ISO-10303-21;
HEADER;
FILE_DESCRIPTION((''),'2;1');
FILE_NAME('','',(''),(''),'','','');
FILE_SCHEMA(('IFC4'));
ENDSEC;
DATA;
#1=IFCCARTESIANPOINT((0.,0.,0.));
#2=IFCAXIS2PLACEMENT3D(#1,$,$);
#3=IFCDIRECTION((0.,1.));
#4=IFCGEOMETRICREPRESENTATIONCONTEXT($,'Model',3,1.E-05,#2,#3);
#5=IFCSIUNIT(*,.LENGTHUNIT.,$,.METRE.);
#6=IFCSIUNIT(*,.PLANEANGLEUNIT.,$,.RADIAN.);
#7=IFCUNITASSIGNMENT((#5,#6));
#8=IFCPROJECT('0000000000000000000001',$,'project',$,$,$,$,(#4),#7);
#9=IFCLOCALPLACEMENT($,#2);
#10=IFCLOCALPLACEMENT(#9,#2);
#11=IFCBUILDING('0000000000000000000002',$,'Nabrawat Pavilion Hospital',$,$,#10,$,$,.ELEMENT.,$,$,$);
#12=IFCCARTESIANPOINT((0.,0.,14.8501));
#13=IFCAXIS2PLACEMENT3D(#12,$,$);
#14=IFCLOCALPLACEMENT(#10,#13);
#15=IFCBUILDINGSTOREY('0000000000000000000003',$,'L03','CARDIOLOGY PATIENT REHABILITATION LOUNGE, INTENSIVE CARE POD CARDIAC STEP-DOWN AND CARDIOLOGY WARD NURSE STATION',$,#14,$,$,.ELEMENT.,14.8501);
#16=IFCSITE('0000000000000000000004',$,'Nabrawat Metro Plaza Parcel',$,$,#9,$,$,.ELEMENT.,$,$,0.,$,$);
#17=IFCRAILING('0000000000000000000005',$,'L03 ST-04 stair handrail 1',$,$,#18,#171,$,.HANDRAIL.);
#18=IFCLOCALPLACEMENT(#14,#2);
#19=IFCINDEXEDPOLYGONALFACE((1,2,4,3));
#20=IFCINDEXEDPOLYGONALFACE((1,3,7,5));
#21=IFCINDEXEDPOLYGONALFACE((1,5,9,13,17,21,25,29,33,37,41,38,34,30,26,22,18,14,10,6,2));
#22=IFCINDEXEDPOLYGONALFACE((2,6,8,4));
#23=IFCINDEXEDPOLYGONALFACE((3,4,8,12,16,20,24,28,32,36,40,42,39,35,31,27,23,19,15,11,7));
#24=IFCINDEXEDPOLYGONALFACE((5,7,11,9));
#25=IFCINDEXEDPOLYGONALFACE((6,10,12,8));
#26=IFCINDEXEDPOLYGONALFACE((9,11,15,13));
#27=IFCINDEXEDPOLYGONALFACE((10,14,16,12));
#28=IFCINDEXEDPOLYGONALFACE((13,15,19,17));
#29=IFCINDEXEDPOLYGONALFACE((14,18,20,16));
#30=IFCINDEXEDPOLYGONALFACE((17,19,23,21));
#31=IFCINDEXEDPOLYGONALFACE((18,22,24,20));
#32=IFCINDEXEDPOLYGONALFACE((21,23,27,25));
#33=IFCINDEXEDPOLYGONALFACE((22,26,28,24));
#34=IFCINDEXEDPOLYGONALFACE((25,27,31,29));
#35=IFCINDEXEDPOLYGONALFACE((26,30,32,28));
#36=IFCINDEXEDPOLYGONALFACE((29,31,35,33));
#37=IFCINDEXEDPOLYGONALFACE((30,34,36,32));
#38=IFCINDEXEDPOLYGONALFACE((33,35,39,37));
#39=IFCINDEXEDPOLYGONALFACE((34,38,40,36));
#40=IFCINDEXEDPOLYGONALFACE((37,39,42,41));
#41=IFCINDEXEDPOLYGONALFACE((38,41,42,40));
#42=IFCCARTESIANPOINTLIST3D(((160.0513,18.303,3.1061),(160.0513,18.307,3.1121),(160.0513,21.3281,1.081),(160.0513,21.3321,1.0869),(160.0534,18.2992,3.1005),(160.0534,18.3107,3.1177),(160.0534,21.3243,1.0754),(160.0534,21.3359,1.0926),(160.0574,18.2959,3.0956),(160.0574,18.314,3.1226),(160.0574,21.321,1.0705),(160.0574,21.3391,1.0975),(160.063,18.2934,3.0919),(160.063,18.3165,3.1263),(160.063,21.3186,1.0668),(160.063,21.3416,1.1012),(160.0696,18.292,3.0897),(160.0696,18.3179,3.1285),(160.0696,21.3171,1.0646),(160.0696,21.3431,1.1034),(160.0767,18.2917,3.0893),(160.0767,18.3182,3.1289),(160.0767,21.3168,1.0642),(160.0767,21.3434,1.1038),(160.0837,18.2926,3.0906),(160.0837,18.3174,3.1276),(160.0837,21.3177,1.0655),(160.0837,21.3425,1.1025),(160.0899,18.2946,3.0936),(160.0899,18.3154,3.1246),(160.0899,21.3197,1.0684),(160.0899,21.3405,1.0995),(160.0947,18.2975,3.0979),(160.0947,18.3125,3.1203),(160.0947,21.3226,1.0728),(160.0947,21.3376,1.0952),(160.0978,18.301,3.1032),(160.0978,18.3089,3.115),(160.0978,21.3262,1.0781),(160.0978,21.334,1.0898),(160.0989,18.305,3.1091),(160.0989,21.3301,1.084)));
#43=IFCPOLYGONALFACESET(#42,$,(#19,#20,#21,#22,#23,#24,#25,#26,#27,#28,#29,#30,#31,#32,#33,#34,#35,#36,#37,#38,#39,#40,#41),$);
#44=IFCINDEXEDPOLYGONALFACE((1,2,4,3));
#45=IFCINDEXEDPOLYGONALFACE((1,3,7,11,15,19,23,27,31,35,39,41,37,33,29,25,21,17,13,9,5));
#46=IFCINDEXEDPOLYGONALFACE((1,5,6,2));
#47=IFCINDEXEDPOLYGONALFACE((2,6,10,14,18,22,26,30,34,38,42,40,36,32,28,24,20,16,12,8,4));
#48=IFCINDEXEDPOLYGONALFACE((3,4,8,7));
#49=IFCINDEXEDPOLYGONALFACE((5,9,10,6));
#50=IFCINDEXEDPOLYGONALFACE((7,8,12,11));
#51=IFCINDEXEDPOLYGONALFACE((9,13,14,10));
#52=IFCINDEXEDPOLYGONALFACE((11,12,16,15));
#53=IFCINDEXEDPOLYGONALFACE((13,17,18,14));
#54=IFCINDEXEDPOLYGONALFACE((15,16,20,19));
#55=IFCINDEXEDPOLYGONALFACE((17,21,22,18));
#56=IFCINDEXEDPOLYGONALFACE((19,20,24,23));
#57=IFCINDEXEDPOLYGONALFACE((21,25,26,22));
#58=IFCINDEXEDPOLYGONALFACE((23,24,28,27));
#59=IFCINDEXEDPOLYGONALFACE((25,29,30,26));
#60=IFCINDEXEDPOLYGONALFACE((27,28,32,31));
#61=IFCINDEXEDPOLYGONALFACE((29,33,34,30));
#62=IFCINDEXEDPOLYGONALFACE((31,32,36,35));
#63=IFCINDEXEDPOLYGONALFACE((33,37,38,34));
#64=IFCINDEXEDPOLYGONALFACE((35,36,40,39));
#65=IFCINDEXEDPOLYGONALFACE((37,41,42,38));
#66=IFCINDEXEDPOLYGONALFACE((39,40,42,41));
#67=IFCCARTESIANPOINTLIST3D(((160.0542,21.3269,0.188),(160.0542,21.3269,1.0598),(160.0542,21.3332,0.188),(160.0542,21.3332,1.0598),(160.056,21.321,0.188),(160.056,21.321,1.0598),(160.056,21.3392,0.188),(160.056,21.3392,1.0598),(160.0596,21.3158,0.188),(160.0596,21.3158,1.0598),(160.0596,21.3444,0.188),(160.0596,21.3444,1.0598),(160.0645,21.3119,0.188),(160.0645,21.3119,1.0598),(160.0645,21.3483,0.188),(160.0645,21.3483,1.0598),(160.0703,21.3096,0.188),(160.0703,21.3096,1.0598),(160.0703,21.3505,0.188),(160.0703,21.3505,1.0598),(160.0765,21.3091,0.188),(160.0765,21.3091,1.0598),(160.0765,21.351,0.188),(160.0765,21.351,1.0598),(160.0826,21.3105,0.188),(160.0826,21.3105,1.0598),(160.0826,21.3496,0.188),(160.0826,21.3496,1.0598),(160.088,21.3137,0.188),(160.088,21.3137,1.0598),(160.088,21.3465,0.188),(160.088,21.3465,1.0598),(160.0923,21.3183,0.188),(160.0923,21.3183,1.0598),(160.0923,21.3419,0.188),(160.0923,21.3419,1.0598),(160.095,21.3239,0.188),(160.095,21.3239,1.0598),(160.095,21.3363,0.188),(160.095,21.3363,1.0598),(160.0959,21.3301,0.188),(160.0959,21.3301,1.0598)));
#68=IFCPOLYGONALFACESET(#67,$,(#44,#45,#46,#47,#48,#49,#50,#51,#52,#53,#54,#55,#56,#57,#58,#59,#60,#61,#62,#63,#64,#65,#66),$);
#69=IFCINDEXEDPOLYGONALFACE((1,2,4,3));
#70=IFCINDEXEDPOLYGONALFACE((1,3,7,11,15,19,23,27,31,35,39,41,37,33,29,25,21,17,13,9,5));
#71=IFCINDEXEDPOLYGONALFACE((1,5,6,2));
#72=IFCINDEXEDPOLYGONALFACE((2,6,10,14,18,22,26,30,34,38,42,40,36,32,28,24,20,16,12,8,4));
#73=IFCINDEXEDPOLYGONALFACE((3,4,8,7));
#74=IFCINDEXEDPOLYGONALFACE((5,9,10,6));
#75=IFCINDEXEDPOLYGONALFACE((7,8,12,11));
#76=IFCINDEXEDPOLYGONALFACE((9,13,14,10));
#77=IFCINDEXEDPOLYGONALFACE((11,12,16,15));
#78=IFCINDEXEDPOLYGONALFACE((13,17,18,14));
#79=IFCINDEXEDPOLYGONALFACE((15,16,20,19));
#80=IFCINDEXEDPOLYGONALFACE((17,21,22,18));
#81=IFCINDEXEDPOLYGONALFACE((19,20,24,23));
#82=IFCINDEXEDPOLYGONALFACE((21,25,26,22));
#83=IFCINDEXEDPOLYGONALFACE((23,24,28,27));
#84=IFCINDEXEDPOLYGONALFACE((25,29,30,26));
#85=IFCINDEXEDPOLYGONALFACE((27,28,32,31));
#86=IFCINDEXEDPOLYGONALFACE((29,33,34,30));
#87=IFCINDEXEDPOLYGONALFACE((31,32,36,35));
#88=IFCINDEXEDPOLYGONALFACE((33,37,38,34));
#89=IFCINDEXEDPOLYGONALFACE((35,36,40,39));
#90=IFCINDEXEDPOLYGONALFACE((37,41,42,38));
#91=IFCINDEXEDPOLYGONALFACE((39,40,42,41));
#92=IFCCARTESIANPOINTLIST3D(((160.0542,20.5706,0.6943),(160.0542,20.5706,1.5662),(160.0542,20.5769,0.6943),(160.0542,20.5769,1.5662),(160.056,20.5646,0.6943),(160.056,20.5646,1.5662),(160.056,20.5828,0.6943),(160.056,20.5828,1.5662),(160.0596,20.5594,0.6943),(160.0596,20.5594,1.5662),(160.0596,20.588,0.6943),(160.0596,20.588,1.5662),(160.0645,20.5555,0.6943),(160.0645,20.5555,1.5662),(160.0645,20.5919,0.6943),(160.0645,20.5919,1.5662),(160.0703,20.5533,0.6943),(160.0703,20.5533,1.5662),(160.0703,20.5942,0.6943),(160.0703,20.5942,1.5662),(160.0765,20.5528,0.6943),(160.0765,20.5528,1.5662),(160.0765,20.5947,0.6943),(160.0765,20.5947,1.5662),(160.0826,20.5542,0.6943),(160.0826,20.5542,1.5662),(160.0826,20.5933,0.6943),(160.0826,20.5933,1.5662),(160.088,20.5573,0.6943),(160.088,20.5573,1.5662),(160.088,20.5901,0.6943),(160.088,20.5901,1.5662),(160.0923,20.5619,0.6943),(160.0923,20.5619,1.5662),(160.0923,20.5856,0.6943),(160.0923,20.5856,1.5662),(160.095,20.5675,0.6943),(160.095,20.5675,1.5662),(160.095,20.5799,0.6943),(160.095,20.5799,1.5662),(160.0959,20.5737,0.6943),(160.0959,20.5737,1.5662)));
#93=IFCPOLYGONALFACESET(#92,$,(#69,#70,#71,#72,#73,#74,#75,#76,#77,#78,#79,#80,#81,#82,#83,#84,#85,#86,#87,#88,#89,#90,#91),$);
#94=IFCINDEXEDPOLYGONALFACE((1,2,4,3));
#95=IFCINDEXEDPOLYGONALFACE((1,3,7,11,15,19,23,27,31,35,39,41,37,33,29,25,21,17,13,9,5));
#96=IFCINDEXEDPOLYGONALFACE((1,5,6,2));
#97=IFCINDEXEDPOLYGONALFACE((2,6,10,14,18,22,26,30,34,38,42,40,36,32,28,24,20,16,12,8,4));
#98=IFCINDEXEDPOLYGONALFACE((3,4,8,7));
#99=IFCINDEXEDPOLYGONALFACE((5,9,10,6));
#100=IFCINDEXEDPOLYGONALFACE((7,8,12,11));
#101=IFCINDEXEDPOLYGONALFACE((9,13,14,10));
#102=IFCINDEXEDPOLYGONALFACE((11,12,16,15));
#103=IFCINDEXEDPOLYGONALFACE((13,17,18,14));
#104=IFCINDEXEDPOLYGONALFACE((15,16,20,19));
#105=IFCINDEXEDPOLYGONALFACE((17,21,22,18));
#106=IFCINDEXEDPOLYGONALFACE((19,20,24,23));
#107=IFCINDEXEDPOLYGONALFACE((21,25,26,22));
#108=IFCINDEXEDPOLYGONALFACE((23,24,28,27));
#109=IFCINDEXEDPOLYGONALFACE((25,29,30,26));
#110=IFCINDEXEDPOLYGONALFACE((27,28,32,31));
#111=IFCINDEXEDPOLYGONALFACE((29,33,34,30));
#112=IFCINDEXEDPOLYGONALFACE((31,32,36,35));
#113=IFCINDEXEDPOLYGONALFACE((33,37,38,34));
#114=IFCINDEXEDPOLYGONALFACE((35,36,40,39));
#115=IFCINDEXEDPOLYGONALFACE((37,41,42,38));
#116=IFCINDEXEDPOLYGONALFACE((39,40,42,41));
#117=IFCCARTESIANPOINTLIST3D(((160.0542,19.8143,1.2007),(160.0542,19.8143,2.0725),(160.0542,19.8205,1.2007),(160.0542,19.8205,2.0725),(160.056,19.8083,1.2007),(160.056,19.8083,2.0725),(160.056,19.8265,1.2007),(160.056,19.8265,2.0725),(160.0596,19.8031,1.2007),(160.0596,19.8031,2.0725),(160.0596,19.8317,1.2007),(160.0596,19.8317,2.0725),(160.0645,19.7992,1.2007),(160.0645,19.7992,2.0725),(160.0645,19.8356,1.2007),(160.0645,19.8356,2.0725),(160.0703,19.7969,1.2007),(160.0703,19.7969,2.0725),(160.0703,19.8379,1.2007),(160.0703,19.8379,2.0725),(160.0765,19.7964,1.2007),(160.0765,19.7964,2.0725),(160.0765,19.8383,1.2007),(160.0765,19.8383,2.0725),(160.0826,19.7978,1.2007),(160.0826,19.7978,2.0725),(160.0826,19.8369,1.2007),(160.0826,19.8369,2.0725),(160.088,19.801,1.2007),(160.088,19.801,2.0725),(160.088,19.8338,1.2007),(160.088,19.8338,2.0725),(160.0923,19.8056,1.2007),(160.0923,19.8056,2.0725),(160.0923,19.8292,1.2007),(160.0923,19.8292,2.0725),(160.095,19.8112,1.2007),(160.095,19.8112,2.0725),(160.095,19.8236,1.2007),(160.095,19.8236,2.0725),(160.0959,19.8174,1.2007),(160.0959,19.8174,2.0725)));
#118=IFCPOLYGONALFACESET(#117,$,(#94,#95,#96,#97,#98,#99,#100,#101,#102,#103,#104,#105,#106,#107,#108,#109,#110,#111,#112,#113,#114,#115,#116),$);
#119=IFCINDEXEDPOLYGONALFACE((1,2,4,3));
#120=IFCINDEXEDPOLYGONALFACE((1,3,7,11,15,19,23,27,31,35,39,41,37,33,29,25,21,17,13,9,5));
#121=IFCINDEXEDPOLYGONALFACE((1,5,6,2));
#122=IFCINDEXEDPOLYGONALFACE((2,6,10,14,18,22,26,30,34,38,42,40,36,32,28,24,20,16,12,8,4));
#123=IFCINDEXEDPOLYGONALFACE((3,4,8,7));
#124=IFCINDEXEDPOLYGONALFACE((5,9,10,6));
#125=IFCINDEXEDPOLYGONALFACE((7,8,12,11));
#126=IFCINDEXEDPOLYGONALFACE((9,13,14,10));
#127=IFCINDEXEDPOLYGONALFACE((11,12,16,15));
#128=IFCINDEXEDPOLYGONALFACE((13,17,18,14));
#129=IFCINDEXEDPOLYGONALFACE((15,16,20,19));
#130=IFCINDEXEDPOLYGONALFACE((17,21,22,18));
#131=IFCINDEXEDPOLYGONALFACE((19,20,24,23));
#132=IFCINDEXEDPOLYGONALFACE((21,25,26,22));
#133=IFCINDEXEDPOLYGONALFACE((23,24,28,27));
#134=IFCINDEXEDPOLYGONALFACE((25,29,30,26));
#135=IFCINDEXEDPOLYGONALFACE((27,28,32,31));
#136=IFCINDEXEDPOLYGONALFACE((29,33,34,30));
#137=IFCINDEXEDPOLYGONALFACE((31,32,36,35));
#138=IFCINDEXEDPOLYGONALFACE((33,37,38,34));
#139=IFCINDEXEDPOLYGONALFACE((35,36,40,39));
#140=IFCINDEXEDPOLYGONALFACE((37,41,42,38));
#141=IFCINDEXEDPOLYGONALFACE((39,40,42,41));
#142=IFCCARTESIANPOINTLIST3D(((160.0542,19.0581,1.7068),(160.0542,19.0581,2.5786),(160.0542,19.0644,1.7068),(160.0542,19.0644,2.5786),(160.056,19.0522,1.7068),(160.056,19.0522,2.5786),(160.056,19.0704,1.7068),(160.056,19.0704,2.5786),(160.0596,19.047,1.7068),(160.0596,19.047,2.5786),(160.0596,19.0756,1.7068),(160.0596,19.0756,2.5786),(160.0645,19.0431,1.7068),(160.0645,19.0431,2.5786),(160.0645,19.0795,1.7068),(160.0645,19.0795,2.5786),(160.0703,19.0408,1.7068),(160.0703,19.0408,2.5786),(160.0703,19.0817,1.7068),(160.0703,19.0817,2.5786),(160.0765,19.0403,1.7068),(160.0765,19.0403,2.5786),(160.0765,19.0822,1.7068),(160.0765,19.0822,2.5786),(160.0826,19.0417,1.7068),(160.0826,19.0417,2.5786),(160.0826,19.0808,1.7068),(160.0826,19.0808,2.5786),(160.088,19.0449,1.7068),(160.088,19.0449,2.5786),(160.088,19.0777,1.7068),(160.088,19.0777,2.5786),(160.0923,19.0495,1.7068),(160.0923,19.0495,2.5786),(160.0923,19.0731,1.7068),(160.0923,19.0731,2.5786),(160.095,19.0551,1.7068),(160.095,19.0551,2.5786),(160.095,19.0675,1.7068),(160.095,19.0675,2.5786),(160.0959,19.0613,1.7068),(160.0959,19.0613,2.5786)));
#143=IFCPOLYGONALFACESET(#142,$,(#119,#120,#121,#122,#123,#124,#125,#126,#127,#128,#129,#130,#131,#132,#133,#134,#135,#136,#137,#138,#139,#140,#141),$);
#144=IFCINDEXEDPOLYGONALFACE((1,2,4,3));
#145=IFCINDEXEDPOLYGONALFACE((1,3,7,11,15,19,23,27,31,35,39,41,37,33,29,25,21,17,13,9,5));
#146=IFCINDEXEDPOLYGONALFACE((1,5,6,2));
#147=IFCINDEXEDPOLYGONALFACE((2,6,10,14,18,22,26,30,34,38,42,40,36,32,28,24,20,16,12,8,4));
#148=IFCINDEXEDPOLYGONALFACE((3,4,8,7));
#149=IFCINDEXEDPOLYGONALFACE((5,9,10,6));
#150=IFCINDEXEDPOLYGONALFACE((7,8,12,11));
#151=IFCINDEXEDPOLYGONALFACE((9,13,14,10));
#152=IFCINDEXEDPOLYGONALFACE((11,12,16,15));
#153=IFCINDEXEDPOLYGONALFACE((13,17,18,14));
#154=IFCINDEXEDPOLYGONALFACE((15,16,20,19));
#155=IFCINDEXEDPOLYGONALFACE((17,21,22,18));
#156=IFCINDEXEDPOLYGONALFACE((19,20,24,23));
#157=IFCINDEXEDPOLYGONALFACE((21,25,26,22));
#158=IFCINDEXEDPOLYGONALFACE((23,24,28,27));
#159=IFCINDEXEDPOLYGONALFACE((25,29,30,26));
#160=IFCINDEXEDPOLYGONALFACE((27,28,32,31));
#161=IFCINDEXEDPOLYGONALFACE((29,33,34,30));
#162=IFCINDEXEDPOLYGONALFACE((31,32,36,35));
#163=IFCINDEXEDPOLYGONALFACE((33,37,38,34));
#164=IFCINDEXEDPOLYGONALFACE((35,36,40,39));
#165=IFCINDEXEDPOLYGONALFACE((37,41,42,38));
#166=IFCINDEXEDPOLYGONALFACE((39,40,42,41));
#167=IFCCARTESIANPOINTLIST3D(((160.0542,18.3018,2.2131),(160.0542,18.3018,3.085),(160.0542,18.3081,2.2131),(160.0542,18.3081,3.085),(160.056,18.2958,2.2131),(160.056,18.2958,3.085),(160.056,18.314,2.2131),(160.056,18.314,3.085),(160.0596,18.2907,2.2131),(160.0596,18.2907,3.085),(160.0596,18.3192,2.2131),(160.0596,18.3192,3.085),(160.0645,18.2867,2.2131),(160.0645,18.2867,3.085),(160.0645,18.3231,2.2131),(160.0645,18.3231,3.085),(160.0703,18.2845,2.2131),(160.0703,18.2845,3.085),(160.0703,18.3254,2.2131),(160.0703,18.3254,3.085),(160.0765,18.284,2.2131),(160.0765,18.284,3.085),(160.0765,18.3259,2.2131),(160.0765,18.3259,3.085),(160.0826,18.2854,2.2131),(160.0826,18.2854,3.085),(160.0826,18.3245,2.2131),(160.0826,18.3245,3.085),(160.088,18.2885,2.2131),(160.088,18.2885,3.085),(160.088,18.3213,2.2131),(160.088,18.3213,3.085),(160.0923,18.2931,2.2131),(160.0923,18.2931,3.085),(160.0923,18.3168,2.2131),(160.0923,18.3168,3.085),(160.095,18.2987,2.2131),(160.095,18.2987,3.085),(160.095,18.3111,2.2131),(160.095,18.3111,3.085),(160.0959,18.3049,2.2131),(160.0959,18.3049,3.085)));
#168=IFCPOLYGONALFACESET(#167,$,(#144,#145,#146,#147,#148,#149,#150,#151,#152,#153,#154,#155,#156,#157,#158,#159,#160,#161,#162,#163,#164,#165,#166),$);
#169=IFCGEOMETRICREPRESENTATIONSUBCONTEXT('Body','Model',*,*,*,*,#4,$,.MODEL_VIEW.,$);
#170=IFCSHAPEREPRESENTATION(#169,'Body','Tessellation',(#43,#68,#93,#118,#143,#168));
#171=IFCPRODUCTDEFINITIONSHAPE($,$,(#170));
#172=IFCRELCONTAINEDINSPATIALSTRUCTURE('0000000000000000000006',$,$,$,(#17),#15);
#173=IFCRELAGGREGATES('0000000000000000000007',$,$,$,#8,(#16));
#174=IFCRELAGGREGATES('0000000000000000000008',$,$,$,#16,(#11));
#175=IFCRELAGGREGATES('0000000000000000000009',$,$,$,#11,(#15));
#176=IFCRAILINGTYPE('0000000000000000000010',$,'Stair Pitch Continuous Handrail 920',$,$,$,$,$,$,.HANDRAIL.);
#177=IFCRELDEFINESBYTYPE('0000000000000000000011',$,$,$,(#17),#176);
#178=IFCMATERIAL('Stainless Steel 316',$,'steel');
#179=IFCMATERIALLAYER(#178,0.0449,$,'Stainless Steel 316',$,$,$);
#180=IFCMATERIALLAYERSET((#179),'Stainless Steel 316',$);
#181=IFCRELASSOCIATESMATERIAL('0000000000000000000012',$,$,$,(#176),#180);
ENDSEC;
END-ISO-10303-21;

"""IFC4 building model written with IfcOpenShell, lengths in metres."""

from ifc_helpers import new_model, si_unit, direction, frame, origin, origin_2d, place, context, subcontext, project, spatial, circle, extrude, material, layer, layer_set, type_object, element, save


model = new_model("IFC4")

# Units and contexts
model_context = context("Model", 3, precision=1e-05, world=origin(), true_north=direction((0.0, 1.0)))
body_context = subcontext(model_context, "Body", "Model", "MODEL_VIEW")
ifc_project = project(units=[si_unit("LENGTHUNIT", "METRE"), si_unit("PLANEANGLEUNIT", "RADIAN")], contexts=[model_context])

# Site, building, storey
site_placement = place(None, origin())
site = spatial("IfcSite", under=ifc_project, at=site_placement, Name="Nabrawat Metro Plaza Parcel", CompositionType="ELEMENT", RefElevation=0.0)
building_placement = place(site_placement, origin())
building = spatial("IfcBuilding", under=site, at=building_placement, Name="Nabrawat Pavilion Hospital", CompositionType="ELEMENT")
storey_placement = place(building_placement, frame((0.0, 0.0, 14.8501)))
storey = spatial("IfcBuildingStorey", under=building, at=storey_placement, Name="L03", Description="CARDIOLOGY PATIENT REHABILITATION LOUNGE, INTENSIVE CARE POD CARDIAC STEP-DOWN AND CARDIOLOGY WARD NURSE STATION", CompositionType="ELEMENT", Elevation=14.8501)

# Railing
ifc_material_1 = material(Name="Stainless Steel 316", Category="steel")
ifc_layer_1 = layer(ifc_material_1, 0.0449, Name="Stainless Steel 316")
ifc_layer_set_1 = layer_set([ifc_layer_1], Name="Stainless Steel 316")
railing_type_1 = type_object("IfcRailingType", Name="Stair Pitch Continuous Handrail 920", PredefinedType="HANDRAIL", material=ifc_layer_set_1)
railing_1_placement = place(storey_placement, frame((160.075, 21.3301, 0.188)))
element("IfcRailing", 1, at=railing_1_placement, inside=storey, type_object=railing_type_1, Name="L03 ST-04 stair handrail 1", PredefinedType="HANDRAIL", context=body_context, shape_type="SweptSolid", body=[
    extrude(circle(Radius=0.0239, at=origin_2d()), frame((0.0, 0.0, 0.896), z_axis=(0.0, -0.830986, 0.556293), x_axis=(1.0, 0.0, 0.0)), (0.0, 0.0, 1.0), 3.6404),
    extrude(circle(Radius=0.021, at=origin_2d()), origin(), (0.0, 0.0, 1.0), 0.8718),
    extrude(circle(Radius=0.021, at=origin_2d()), frame((0.0, -0.7563, 0.5063)), (0.0, 0.0, 1.0), 0.8718),
    extrude(circle(Radius=0.021, at=origin_2d()), frame((0.0, -1.5127, 1.0127)), (0.0, 0.0, 1.0), 0.8718),
    extrude(circle(Radius=0.021, at=origin_2d()), frame((0.0, -2.2688, 1.5188)), (0.0, 0.0, 1.0), 0.8718),
    extrude(circle(Radius=0.021, at=origin_2d()), frame((0.0, -3.0251, 2.0251)), (0.0, 0.0, 1.0), 0.8718),
])

save(model, "model.ifc")
